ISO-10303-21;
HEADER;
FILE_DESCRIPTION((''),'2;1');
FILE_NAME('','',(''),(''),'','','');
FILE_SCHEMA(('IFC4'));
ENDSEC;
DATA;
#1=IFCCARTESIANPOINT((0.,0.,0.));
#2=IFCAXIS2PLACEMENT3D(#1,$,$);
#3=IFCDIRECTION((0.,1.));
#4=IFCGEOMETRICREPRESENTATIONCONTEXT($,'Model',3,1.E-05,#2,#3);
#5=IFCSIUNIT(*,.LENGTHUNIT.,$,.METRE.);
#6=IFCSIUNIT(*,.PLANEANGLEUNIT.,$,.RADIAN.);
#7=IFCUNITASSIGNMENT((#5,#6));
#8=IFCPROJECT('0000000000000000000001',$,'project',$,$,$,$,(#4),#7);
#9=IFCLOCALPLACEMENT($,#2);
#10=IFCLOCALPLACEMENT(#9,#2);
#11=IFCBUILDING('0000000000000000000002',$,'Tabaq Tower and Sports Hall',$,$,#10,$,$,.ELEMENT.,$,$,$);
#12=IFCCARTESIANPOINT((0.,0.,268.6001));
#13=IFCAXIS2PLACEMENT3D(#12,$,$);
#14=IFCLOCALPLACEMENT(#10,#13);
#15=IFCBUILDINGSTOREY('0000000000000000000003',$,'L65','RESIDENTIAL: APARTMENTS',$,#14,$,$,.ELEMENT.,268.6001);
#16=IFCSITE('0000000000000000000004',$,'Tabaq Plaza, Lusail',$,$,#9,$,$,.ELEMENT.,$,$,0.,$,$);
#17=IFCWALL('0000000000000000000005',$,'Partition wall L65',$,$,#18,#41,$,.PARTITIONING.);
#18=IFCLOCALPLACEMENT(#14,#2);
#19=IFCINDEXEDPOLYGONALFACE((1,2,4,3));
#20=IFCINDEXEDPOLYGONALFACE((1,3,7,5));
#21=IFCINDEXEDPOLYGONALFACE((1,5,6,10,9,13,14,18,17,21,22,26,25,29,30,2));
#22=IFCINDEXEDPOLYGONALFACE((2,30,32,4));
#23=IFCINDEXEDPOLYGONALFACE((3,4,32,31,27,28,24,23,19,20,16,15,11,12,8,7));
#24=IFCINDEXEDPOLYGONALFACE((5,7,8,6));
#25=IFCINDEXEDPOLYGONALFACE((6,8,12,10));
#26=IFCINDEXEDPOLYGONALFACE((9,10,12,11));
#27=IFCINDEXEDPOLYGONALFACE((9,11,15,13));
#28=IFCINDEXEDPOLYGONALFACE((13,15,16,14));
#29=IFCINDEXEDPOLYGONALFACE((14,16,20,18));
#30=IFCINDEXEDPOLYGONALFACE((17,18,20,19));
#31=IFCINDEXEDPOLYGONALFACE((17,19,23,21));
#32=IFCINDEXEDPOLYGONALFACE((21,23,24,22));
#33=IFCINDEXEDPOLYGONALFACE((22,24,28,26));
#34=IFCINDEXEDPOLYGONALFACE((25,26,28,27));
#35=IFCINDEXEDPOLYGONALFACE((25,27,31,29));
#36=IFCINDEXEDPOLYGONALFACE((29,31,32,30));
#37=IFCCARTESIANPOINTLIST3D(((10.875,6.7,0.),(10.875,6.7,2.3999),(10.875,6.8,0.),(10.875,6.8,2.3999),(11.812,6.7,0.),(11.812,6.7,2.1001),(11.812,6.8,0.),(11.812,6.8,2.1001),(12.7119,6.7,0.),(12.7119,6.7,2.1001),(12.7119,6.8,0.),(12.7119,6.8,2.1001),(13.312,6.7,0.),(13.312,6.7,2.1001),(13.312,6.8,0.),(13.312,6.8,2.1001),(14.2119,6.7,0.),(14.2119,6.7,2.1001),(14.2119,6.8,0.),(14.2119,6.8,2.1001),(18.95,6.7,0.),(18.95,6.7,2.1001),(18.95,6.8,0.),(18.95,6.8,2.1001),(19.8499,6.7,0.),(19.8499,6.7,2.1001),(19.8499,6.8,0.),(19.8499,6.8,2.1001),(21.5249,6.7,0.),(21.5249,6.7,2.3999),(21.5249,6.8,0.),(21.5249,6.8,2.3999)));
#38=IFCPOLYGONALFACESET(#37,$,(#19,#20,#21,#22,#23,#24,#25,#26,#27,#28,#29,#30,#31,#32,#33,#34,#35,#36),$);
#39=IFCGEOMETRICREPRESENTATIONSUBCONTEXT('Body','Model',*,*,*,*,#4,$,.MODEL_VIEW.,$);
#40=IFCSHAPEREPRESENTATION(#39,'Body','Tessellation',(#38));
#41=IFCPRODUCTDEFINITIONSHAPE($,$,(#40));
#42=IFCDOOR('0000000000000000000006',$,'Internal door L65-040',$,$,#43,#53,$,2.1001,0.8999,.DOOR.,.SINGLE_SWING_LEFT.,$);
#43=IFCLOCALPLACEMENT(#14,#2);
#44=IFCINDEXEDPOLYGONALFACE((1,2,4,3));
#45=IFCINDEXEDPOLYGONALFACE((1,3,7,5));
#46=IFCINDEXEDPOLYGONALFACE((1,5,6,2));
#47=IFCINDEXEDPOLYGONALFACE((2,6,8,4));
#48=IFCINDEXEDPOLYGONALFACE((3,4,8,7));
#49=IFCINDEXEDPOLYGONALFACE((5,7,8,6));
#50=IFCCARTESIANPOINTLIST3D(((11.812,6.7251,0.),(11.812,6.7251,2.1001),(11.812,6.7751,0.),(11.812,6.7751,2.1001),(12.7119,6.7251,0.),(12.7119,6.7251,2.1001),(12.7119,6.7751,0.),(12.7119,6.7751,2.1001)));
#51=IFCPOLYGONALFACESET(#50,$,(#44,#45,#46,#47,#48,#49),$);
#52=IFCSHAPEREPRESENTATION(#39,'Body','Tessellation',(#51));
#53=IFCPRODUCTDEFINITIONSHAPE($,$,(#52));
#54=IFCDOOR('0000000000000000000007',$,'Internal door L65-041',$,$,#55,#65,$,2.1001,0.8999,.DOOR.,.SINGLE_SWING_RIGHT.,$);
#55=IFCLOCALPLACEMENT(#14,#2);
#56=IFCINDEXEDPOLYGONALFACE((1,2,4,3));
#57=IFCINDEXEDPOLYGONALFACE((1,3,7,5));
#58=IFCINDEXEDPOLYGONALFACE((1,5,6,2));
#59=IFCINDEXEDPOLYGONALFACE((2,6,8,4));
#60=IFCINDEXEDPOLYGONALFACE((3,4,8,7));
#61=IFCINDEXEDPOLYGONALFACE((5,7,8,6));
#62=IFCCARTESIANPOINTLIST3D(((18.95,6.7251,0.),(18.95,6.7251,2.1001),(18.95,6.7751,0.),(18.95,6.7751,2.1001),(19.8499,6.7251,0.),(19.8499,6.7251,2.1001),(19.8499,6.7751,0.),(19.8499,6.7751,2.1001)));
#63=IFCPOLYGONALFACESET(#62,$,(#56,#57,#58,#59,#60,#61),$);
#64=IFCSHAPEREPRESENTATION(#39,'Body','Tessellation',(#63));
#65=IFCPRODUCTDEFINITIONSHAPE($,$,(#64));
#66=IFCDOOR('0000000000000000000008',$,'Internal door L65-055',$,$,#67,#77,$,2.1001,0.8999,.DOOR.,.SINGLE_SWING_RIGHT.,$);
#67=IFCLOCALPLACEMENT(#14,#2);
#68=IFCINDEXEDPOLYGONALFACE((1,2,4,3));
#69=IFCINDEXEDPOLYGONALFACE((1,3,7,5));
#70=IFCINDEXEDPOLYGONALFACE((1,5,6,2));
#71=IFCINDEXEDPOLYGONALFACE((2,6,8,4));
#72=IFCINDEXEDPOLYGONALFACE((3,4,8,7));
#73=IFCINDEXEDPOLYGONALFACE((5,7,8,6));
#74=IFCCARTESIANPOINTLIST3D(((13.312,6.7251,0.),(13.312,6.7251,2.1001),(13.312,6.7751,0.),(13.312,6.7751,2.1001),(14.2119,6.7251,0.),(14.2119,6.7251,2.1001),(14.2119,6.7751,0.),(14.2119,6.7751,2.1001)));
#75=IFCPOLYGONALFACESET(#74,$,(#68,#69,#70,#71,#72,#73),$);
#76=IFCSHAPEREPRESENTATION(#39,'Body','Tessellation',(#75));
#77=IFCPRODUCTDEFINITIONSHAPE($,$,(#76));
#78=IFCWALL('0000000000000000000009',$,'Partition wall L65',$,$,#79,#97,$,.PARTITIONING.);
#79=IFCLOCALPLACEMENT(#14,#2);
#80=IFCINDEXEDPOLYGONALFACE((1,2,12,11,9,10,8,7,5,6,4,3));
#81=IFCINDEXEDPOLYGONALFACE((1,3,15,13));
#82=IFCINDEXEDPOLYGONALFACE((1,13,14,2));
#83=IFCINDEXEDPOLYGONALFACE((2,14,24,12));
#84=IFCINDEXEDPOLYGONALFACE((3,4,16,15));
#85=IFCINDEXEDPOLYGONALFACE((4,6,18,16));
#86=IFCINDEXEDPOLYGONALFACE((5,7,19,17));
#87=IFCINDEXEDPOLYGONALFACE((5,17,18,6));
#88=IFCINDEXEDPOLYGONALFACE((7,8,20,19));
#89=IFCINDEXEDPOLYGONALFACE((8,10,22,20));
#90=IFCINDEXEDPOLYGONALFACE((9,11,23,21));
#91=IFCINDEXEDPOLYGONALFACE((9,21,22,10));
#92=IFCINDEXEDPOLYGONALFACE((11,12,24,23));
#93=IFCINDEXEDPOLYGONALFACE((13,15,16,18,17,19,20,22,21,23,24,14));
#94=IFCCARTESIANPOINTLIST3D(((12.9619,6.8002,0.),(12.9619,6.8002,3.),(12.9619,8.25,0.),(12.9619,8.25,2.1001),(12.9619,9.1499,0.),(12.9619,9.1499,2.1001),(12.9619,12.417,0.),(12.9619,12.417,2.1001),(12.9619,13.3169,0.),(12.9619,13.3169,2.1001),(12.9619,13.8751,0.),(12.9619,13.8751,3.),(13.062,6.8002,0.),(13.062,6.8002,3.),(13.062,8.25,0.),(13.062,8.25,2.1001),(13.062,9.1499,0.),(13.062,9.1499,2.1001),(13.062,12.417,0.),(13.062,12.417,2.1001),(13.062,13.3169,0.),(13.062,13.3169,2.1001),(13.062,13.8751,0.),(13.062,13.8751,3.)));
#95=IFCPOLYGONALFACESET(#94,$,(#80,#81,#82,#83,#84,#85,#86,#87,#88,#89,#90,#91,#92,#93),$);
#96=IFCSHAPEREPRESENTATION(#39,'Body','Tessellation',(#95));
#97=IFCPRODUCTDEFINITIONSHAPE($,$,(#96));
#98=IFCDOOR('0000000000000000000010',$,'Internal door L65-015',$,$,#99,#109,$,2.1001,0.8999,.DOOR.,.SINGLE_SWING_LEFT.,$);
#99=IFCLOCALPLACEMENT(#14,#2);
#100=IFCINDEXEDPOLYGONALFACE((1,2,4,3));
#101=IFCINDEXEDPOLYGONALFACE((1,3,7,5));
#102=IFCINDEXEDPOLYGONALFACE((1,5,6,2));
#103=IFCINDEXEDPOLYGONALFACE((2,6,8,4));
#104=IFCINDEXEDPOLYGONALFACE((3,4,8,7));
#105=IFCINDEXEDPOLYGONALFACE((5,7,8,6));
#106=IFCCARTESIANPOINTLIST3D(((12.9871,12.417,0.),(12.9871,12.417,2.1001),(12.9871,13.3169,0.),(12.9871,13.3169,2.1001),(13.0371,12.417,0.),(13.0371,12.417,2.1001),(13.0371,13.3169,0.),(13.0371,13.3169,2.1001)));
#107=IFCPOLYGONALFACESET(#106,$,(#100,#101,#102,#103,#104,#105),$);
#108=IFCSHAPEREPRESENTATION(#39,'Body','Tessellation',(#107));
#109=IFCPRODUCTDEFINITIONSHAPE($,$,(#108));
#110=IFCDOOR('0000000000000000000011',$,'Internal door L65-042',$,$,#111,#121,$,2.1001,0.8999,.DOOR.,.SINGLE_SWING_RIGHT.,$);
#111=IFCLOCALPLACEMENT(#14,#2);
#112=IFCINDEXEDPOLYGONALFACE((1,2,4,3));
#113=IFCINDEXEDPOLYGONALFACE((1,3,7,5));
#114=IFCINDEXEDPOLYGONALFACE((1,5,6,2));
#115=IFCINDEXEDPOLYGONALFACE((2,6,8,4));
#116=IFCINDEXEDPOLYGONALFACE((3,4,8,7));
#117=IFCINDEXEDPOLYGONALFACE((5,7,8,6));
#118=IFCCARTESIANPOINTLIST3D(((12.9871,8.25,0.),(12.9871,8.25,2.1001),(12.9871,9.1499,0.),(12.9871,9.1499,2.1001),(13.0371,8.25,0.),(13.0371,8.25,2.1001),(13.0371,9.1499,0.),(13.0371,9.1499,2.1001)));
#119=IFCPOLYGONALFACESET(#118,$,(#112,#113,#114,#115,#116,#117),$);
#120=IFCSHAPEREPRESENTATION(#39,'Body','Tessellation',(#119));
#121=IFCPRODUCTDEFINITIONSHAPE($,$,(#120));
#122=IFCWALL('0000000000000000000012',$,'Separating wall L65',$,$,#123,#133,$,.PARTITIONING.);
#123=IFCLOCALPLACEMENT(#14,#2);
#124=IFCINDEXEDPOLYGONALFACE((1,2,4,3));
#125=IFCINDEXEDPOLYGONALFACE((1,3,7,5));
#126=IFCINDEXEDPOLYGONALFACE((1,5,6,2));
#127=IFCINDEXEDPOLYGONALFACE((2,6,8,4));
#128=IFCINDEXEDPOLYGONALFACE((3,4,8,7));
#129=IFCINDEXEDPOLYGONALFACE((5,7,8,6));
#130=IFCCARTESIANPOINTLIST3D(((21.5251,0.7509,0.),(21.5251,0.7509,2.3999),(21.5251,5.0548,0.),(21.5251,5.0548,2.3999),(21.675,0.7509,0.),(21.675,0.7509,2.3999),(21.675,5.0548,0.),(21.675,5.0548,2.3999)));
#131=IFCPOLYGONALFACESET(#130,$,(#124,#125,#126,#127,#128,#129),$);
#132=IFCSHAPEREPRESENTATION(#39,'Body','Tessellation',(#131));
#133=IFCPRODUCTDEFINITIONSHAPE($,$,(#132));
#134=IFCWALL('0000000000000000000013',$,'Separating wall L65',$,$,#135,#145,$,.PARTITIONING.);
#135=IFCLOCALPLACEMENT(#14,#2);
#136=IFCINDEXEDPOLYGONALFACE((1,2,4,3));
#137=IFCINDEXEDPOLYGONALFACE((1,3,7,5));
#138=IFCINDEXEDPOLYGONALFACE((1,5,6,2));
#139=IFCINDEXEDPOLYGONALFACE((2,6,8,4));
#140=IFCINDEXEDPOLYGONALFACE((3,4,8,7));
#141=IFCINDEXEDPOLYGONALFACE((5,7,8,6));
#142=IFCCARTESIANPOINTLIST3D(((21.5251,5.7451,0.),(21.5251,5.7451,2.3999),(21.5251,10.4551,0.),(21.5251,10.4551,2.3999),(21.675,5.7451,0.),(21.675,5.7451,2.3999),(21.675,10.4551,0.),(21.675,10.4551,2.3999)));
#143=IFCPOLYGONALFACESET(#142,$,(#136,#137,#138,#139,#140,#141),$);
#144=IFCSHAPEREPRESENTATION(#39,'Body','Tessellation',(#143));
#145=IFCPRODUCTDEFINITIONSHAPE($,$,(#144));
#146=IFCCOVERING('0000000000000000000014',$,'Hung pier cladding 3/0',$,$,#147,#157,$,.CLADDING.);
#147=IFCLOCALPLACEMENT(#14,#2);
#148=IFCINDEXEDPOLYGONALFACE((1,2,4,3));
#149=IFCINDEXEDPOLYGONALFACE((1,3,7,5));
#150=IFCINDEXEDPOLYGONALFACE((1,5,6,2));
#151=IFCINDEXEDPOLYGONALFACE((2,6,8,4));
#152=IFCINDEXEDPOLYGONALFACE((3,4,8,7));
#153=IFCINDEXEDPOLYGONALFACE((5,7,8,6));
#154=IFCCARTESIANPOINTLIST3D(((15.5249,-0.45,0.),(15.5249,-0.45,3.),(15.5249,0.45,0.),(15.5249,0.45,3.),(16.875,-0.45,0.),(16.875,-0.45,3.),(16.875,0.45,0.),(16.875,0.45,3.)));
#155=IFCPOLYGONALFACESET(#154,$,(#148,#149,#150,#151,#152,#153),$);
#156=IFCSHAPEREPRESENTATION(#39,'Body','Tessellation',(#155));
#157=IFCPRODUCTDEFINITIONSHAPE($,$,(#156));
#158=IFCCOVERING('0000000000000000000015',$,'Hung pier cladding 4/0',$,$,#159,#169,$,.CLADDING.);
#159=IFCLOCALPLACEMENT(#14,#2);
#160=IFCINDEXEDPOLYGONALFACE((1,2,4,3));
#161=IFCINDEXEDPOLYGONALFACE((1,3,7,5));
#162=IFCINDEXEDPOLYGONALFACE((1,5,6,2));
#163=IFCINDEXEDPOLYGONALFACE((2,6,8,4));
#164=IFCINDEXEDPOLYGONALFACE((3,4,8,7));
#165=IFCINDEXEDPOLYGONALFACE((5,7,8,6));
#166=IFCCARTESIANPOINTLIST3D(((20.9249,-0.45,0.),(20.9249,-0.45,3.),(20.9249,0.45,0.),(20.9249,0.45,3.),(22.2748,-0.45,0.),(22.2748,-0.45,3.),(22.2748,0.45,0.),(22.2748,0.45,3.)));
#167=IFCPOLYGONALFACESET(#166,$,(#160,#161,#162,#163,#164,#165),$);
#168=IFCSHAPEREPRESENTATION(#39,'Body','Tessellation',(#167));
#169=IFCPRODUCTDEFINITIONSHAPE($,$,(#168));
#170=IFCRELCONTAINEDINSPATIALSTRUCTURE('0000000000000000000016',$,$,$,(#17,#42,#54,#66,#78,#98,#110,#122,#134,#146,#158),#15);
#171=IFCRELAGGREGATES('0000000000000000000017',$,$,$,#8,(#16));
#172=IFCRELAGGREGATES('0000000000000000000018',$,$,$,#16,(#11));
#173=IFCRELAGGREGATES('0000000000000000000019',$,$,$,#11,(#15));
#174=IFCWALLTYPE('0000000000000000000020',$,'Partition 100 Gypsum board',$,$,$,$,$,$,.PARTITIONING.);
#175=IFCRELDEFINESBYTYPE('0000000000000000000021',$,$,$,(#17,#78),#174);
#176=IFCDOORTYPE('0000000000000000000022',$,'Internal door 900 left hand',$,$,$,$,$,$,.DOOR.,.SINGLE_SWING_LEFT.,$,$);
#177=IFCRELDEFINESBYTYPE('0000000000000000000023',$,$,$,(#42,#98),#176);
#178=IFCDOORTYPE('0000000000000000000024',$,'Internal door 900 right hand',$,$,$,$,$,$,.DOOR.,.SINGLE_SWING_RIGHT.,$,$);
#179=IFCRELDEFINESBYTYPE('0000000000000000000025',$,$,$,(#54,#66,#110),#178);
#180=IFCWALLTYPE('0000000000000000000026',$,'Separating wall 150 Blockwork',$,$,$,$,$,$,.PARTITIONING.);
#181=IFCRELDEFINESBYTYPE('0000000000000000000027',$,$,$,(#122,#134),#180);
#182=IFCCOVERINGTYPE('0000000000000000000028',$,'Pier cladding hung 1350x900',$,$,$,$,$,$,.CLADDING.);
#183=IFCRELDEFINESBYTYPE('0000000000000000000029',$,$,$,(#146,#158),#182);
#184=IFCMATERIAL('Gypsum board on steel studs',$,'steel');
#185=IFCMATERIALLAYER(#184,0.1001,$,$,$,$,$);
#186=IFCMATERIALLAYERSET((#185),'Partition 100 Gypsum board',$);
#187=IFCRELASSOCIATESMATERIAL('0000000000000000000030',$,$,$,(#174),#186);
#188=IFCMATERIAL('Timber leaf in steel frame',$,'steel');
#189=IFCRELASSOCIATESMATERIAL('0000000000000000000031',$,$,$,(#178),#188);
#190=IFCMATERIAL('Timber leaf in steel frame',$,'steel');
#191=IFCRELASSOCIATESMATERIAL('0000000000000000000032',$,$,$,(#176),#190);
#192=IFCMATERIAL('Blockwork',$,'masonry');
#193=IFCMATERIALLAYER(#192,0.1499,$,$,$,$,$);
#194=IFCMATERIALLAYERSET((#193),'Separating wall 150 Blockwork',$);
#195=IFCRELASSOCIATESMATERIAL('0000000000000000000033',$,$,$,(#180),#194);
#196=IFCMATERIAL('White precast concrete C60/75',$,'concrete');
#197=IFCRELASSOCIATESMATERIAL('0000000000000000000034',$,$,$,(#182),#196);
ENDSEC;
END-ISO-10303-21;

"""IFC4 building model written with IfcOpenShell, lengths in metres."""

from ifc_helpers import new_model, si_unit, direction, frame, frame_2d, origin, place, context, subcontext, project, spatial, rectangle, extrude, material, layer, layer_set, type_object, element, fill, save


model = new_model("IFC4")

# Units and contexts
model_context = context("Model", 3, precision=1e-05, world=origin(), true_north=direction((0.0, 1.0)))
body_context = subcontext(model_context, "Body", "Model", "MODEL_VIEW")
ifc_project = project(units=[si_unit("LENGTHUNIT", "METRE"), si_unit("PLANEANGLEUNIT", "RADIAN")], contexts=[model_context])

# Site, building, storey
site_placement = place(None, origin())
site = spatial("IfcSite", under=ifc_project, at=site_placement, Name="Tabaq Plaza, Lusail", CompositionType="ELEMENT", RefElevation=0.0)
building_placement = place(site_placement, origin())
building = spatial("IfcBuilding", under=site, at=building_placement, Name="Tabaq Tower and Sports Hall", CompositionType="ELEMENT")
storey_placement = place(building_placement, frame((0.0, 0.0, 268.6001)))
storey = spatial("IfcBuildingStorey", under=building, at=storey_placement, Name="L65", Description="RESIDENTIAL: APARTMENTS", CompositionType="ELEMENT", Elevation=268.6001)

# Shared definitions
ifc_material_1 = material(Name="Gypsum board on steel studs", Category="steel")
ifc_layer_1 = layer(ifc_material_1, 0.1001)
ifc_layer_set_1 = layer_set([ifc_layer_1], Name="Partition 100 Gypsum board")
wall_type_1 = type_object("IfcWallType", Name="Partition 100 Gypsum board", PredefinedType="PARTITIONING", material=ifc_layer_set_1)
ifc_material_2 = material(Name="Timber leaf in steel frame", Category="steel")
door_type_1 = type_object("IfcDoorType", Name="Internal door 900 right hand", OperationType="SINGLE_SWING_RIGHT", PredefinedType="DOOR", material=ifc_material_2)

# Walls, openings, doors
wall_1_placement = place(storey_placement, frame((21.5249, 6.75, 0.0), z_axis=(0.0, 0.0, 1.0), x_axis=(-1.0, 0.0, 0.0)))
wall_1 = element("IfcWall", 1, at=wall_1_placement, inside=storey, type_object=wall_type_1, Name="Partition wall L65", PredefinedType="PARTITIONING", context=body_context, shape_type="SweptSolid", body=[
    extrude(rectangle(XDim=10.6499, YDim=0.1001, at=frame_2d((5.325, 0.0))), origin(), (0.0, 0.0, 1.0), 2.3999),
])
opening_1_placement = place(wall_1_placement, frame((8.813, 0.0, 0.0)))
opening_1 = element("IfcOpeningElement", 2, at=opening_1_placement, cuts=wall_1, PredefinedType="OPENING", context=body_context, shape_type="SweptSolid", body=[
    extrude(rectangle(XDim=0.8999, YDim=2.1001, at=frame_2d((0.45, 1.05))), frame((0.0, 0.05, 0.0), z_axis=(0.0, -1.0, 0.0), x_axis=(1.0, 0.0, 0.0)), (0.0, 0.0, 1.0), 0.1001),
])
opening_2_placement = place(wall_1_placement, frame((1.675, 0.0, 0.0)))
opening_2 = element("IfcOpeningElement", 3, at=opening_2_placement, cuts=wall_1, PredefinedType="OPENING", context=body_context, shape_type="SweptSolid", body=[
    extrude(rectangle(XDim=0.8999, YDim=2.1001, at=frame_2d((0.45, 1.05))), frame((0.0, 0.05, 0.0), z_axis=(0.0, -1.0, 0.0), x_axis=(1.0, 0.0, 0.0)), (0.0, 0.0, 1.0), 0.1001),
])
opening_3_placement = place(wall_1_placement, frame((7.313, 0.0, 0.0)))
opening_3 = element("IfcOpeningElement", 4, at=opening_3_placement, cuts=wall_1, PredefinedType="OPENING", context=body_context, shape_type="SweptSolid", body=[
    extrude(rectangle(XDim=0.8999, YDim=2.1001, at=frame_2d((0.45, 1.05))), frame((0.0, 0.05, 0.0), z_axis=(0.0, -1.0, 0.0), x_axis=(1.0, 0.0, 0.0)), (0.0, 0.0, 1.0), 0.1001),
])
ifc_material_3 = material(Name="Timber leaf in steel frame", Category="steel")
door_type_2 = type_object("IfcDoorType", Name="Internal door 900 left hand", OperationType="SINGLE_SWING_LEFT", PredefinedType="DOOR", material=ifc_material_3)
door_1_placement = place(opening_1_placement, origin())
door_1 = element("IfcDoor", 5, at=door_1_placement, inside=storey, type_object=door_type_2, Name="Internal door L65-040", OperationType="SINGLE_SWING_LEFT", OverallHeight=2.1001, OverallWidth=0.8999, PredefinedType="DOOR", context=body_context, shape_type="SweptSolid", body=[
    extrude(rectangle(XDim=0.8999, YDim=2.1001, at=frame_2d((0.45, 1.05))), frame((0.0, 0.0249, 0.0), z_axis=(0.0, -1.0, 0.0), x_axis=(1.0, 0.0, 0.0)), (0.0, 0.0, 1.0), 0.05),
])
fill(opening_1, door_1)
door_2_placement = place(opening_2_placement, origin())
door_2 = element("IfcDoor", 6, at=door_2_placement, inside=storey, type_object=door_type_1, Name="Internal door L65-041", OperationType="SINGLE_SWING_RIGHT", OverallHeight=2.1001, OverallWidth=0.8999, PredefinedType="DOOR", context=body_context, shape_type="SweptSolid", body=[
    extrude(rectangle(XDim=0.8999, YDim=2.1001, at=frame_2d((0.45, 1.05))), frame((0.0, 0.0249, 0.0), z_axis=(0.0, -1.0, 0.0), x_axis=(1.0, 0.0, 0.0)), (0.0, 0.0, 1.0), 0.05),
])
fill(opening_2, door_2)
door_3_placement = place(opening_3_placement, origin())
door_3 = element("IfcDoor", 7, at=door_3_placement, inside=storey, type_object=door_type_1, Name="Internal door L65-055", OperationType="SINGLE_SWING_RIGHT", OverallHeight=2.1001, OverallWidth=0.8999, PredefinedType="DOOR", context=body_context, shape_type="SweptSolid", body=[
    extrude(rectangle(XDim=0.8999, YDim=2.1001, at=frame_2d((0.45, 1.05))), frame((0.0, 0.0249, 0.0), z_axis=(0.0, -1.0, 0.0), x_axis=(1.0, 0.0, 0.0)), (0.0, 0.0, 1.0), 0.05),
])
fill(opening_3, door_3)
wall_2_placement = place(storey_placement, frame((13.012, 6.8, 0.0), z_axis=(0.0, 0.0, 1.0), x_axis=(0.0, 1.0, 0.0)))
wall_2 = element("IfcWall", 8, at=wall_2_placement, inside=storey, type_object=wall_type_1, Name="Partition wall L65", PredefinedType="PARTITIONING", context=body_context, shape_type="SweptSolid", body=[
    extrude(rectangle(XDim=7.075, YDim=0.1001, at=frame_2d((3.5376, 0.0))), origin(), (0.0, 0.0, 1.0), 3.0),
])
opening_4_placement = place(wall_2_placement, frame((5.6169, 0.0, 0.0)))
opening_4 = element("IfcOpeningElement", 9, at=opening_4_placement, cuts=wall_2, PredefinedType="OPENING", context=body_context, shape_type="SweptSolid", body=[
    extrude(rectangle(XDim=0.8999, YDim=2.1001, at=frame_2d((0.45, 1.05))), frame((0.0, 0.05, 0.0), z_axis=(0.0, -1.0, 0.0), x_axis=(1.0, 0.0, 0.0)), (0.0, 0.0, 1.0), 0.1001),
])
opening_5_placement = place(wall_2_placement, frame((1.45, 0.0, 0.0)))
opening_5 = element("IfcOpeningElement", 10, at=opening_5_placement, cuts=wall_2, PredefinedType="OPENING", context=body_context, shape_type="SweptSolid", body=[
    extrude(rectangle(XDim=0.8999, YDim=2.1001, at=frame_2d((0.45, 1.05))), frame((0.0, 0.05, 0.0), z_axis=(0.0, -1.0, 0.0), x_axis=(1.0, 0.0, 0.0)), (0.0, 0.0, 1.0), 0.1001),
])
door_4_placement = place(opening_4_placement, origin())
door_4 = element("IfcDoor", 11, at=door_4_placement, inside=storey, type_object=door_type_2, Name="Internal door L65-015", OperationType="SINGLE_SWING_LEFT", OverallHeight=2.1001, OverallWidth=0.8999, PredefinedType="DOOR", context=body_context, shape_type="SweptSolid", body=[
    extrude(rectangle(XDim=0.8999, YDim=2.1001, at=frame_2d((0.45, 1.05))), frame((0.0, 0.0249, 0.0), z_axis=(0.0, -1.0, 0.0), x_axis=(1.0, 0.0, 0.0)), (0.0, 0.0, 1.0), 0.05),
])
fill(opening_4, door_4)
door_5_placement = place(opening_5_placement, origin())
door_5 = element("IfcDoor", 12, at=door_5_placement, inside=storey, type_object=door_type_1, Name="Internal door L65-042", OperationType="SINGLE_SWING_RIGHT", OverallHeight=2.1001, OverallWidth=0.8999, PredefinedType="DOOR", context=body_context, shape_type="SweptSolid", body=[
    extrude(rectangle(XDim=0.8999, YDim=2.1001, at=frame_2d((0.45, 1.05))), frame((0.0, 0.0249, 0.0), z_axis=(0.0, -1.0, 0.0), x_axis=(1.0, 0.0, 0.0)), (0.0, 0.0, 1.0), 0.05),
])
fill(opening_5, door_5)

# Walls
ifc_material_4 = material(Name="Blockwork", Category="masonry")
ifc_layer_2 = layer(ifc_material_4, 0.1499)
ifc_layer_set_2 = layer_set([ifc_layer_2], Name="Separating wall 150 Blockwork")
wall_type_2 = type_object("IfcWallType", Name="Separating wall 150 Blockwork", PredefinedType="PARTITIONING", material=ifc_layer_set_2)
wall_3_placement = place(storey_placement, frame((21.6001, 0.751, 0.0), z_axis=(0.0, 0.0, 1.0), x_axis=(0.0, 1.0, 0.0)))
element("IfcWall", 13, at=wall_3_placement, inside=storey, type_object=wall_type_2, Name="Separating wall L65", PredefinedType="PARTITIONING", context=body_context, shape_type="SweptSolid", body=[
    extrude(rectangle(XDim=4.304, YDim=0.1499, at=frame_2d((2.1519, 0.0))), origin(), (0.0, 0.0, 1.0), 2.3999),
])
wall_4_placement = place(storey_placement, frame((21.6001, 5.7451, 0.0), z_axis=(0.0, 0.0, 1.0), x_axis=(0.0, 1.0, 0.0)))
element("IfcWall", 14, at=wall_4_placement, inside=storey, type_object=wall_type_2, Name="Separating wall L65", PredefinedType="PARTITIONING", context=body_context, shape_type="SweptSolid", body=[
    extrude(rectangle(XDim=4.71, YDim=0.1499, at=frame_2d((2.355, 0.0))), origin(), (0.0, 0.0, 1.0), 2.3999),
])

# Coverings
ifc_material_5 = material(Name="White precast concrete C60/75", Category="concrete")
covering_type_1 = type_object("IfcCoveringType", Name="Pier cladding hung 1350x900", PredefinedType="CLADDING", material=ifc_material_5)
covering_1_placement = place(storey_placement, frame((15.5249, 0.0, 0.0), z_axis=(0.0, 0.0, 1.0), x_axis=(1.0, 0.0, 0.0)))
element("IfcCovering", 15, at=covering_1_placement, inside=storey, type_object=covering_type_1, Name="Hung pier cladding 3/0", PredefinedType="CLADDING", context=body_context, shape_type="SweptSolid", body=[
    extrude(rectangle(XDim=1.3501, YDim=0.8999, at=frame_2d((0.675, 0.0))), origin(), (0.0, 0.0, 1.0), 3.0),
])
covering_2_placement = place(storey_placement, frame((20.925, 0.0, 0.0), z_axis=(0.0, 0.0, 1.0), x_axis=(1.0, 0.0, 0.0)))
element("IfcCovering", 16, at=covering_2_placement, inside=storey, type_object=covering_type_1, Name="Hung pier cladding 4/0", PredefinedType="CLADDING", context=body_context, shape_type="SweptSolid", body=[
    extrude(rectangle(XDim=1.3499, YDim=0.8999, at=frame_2d((0.6748, 0.0))), origin(), (0.0, 0.0, 1.0), 3.0),
])

save(model, "model.ifc")
